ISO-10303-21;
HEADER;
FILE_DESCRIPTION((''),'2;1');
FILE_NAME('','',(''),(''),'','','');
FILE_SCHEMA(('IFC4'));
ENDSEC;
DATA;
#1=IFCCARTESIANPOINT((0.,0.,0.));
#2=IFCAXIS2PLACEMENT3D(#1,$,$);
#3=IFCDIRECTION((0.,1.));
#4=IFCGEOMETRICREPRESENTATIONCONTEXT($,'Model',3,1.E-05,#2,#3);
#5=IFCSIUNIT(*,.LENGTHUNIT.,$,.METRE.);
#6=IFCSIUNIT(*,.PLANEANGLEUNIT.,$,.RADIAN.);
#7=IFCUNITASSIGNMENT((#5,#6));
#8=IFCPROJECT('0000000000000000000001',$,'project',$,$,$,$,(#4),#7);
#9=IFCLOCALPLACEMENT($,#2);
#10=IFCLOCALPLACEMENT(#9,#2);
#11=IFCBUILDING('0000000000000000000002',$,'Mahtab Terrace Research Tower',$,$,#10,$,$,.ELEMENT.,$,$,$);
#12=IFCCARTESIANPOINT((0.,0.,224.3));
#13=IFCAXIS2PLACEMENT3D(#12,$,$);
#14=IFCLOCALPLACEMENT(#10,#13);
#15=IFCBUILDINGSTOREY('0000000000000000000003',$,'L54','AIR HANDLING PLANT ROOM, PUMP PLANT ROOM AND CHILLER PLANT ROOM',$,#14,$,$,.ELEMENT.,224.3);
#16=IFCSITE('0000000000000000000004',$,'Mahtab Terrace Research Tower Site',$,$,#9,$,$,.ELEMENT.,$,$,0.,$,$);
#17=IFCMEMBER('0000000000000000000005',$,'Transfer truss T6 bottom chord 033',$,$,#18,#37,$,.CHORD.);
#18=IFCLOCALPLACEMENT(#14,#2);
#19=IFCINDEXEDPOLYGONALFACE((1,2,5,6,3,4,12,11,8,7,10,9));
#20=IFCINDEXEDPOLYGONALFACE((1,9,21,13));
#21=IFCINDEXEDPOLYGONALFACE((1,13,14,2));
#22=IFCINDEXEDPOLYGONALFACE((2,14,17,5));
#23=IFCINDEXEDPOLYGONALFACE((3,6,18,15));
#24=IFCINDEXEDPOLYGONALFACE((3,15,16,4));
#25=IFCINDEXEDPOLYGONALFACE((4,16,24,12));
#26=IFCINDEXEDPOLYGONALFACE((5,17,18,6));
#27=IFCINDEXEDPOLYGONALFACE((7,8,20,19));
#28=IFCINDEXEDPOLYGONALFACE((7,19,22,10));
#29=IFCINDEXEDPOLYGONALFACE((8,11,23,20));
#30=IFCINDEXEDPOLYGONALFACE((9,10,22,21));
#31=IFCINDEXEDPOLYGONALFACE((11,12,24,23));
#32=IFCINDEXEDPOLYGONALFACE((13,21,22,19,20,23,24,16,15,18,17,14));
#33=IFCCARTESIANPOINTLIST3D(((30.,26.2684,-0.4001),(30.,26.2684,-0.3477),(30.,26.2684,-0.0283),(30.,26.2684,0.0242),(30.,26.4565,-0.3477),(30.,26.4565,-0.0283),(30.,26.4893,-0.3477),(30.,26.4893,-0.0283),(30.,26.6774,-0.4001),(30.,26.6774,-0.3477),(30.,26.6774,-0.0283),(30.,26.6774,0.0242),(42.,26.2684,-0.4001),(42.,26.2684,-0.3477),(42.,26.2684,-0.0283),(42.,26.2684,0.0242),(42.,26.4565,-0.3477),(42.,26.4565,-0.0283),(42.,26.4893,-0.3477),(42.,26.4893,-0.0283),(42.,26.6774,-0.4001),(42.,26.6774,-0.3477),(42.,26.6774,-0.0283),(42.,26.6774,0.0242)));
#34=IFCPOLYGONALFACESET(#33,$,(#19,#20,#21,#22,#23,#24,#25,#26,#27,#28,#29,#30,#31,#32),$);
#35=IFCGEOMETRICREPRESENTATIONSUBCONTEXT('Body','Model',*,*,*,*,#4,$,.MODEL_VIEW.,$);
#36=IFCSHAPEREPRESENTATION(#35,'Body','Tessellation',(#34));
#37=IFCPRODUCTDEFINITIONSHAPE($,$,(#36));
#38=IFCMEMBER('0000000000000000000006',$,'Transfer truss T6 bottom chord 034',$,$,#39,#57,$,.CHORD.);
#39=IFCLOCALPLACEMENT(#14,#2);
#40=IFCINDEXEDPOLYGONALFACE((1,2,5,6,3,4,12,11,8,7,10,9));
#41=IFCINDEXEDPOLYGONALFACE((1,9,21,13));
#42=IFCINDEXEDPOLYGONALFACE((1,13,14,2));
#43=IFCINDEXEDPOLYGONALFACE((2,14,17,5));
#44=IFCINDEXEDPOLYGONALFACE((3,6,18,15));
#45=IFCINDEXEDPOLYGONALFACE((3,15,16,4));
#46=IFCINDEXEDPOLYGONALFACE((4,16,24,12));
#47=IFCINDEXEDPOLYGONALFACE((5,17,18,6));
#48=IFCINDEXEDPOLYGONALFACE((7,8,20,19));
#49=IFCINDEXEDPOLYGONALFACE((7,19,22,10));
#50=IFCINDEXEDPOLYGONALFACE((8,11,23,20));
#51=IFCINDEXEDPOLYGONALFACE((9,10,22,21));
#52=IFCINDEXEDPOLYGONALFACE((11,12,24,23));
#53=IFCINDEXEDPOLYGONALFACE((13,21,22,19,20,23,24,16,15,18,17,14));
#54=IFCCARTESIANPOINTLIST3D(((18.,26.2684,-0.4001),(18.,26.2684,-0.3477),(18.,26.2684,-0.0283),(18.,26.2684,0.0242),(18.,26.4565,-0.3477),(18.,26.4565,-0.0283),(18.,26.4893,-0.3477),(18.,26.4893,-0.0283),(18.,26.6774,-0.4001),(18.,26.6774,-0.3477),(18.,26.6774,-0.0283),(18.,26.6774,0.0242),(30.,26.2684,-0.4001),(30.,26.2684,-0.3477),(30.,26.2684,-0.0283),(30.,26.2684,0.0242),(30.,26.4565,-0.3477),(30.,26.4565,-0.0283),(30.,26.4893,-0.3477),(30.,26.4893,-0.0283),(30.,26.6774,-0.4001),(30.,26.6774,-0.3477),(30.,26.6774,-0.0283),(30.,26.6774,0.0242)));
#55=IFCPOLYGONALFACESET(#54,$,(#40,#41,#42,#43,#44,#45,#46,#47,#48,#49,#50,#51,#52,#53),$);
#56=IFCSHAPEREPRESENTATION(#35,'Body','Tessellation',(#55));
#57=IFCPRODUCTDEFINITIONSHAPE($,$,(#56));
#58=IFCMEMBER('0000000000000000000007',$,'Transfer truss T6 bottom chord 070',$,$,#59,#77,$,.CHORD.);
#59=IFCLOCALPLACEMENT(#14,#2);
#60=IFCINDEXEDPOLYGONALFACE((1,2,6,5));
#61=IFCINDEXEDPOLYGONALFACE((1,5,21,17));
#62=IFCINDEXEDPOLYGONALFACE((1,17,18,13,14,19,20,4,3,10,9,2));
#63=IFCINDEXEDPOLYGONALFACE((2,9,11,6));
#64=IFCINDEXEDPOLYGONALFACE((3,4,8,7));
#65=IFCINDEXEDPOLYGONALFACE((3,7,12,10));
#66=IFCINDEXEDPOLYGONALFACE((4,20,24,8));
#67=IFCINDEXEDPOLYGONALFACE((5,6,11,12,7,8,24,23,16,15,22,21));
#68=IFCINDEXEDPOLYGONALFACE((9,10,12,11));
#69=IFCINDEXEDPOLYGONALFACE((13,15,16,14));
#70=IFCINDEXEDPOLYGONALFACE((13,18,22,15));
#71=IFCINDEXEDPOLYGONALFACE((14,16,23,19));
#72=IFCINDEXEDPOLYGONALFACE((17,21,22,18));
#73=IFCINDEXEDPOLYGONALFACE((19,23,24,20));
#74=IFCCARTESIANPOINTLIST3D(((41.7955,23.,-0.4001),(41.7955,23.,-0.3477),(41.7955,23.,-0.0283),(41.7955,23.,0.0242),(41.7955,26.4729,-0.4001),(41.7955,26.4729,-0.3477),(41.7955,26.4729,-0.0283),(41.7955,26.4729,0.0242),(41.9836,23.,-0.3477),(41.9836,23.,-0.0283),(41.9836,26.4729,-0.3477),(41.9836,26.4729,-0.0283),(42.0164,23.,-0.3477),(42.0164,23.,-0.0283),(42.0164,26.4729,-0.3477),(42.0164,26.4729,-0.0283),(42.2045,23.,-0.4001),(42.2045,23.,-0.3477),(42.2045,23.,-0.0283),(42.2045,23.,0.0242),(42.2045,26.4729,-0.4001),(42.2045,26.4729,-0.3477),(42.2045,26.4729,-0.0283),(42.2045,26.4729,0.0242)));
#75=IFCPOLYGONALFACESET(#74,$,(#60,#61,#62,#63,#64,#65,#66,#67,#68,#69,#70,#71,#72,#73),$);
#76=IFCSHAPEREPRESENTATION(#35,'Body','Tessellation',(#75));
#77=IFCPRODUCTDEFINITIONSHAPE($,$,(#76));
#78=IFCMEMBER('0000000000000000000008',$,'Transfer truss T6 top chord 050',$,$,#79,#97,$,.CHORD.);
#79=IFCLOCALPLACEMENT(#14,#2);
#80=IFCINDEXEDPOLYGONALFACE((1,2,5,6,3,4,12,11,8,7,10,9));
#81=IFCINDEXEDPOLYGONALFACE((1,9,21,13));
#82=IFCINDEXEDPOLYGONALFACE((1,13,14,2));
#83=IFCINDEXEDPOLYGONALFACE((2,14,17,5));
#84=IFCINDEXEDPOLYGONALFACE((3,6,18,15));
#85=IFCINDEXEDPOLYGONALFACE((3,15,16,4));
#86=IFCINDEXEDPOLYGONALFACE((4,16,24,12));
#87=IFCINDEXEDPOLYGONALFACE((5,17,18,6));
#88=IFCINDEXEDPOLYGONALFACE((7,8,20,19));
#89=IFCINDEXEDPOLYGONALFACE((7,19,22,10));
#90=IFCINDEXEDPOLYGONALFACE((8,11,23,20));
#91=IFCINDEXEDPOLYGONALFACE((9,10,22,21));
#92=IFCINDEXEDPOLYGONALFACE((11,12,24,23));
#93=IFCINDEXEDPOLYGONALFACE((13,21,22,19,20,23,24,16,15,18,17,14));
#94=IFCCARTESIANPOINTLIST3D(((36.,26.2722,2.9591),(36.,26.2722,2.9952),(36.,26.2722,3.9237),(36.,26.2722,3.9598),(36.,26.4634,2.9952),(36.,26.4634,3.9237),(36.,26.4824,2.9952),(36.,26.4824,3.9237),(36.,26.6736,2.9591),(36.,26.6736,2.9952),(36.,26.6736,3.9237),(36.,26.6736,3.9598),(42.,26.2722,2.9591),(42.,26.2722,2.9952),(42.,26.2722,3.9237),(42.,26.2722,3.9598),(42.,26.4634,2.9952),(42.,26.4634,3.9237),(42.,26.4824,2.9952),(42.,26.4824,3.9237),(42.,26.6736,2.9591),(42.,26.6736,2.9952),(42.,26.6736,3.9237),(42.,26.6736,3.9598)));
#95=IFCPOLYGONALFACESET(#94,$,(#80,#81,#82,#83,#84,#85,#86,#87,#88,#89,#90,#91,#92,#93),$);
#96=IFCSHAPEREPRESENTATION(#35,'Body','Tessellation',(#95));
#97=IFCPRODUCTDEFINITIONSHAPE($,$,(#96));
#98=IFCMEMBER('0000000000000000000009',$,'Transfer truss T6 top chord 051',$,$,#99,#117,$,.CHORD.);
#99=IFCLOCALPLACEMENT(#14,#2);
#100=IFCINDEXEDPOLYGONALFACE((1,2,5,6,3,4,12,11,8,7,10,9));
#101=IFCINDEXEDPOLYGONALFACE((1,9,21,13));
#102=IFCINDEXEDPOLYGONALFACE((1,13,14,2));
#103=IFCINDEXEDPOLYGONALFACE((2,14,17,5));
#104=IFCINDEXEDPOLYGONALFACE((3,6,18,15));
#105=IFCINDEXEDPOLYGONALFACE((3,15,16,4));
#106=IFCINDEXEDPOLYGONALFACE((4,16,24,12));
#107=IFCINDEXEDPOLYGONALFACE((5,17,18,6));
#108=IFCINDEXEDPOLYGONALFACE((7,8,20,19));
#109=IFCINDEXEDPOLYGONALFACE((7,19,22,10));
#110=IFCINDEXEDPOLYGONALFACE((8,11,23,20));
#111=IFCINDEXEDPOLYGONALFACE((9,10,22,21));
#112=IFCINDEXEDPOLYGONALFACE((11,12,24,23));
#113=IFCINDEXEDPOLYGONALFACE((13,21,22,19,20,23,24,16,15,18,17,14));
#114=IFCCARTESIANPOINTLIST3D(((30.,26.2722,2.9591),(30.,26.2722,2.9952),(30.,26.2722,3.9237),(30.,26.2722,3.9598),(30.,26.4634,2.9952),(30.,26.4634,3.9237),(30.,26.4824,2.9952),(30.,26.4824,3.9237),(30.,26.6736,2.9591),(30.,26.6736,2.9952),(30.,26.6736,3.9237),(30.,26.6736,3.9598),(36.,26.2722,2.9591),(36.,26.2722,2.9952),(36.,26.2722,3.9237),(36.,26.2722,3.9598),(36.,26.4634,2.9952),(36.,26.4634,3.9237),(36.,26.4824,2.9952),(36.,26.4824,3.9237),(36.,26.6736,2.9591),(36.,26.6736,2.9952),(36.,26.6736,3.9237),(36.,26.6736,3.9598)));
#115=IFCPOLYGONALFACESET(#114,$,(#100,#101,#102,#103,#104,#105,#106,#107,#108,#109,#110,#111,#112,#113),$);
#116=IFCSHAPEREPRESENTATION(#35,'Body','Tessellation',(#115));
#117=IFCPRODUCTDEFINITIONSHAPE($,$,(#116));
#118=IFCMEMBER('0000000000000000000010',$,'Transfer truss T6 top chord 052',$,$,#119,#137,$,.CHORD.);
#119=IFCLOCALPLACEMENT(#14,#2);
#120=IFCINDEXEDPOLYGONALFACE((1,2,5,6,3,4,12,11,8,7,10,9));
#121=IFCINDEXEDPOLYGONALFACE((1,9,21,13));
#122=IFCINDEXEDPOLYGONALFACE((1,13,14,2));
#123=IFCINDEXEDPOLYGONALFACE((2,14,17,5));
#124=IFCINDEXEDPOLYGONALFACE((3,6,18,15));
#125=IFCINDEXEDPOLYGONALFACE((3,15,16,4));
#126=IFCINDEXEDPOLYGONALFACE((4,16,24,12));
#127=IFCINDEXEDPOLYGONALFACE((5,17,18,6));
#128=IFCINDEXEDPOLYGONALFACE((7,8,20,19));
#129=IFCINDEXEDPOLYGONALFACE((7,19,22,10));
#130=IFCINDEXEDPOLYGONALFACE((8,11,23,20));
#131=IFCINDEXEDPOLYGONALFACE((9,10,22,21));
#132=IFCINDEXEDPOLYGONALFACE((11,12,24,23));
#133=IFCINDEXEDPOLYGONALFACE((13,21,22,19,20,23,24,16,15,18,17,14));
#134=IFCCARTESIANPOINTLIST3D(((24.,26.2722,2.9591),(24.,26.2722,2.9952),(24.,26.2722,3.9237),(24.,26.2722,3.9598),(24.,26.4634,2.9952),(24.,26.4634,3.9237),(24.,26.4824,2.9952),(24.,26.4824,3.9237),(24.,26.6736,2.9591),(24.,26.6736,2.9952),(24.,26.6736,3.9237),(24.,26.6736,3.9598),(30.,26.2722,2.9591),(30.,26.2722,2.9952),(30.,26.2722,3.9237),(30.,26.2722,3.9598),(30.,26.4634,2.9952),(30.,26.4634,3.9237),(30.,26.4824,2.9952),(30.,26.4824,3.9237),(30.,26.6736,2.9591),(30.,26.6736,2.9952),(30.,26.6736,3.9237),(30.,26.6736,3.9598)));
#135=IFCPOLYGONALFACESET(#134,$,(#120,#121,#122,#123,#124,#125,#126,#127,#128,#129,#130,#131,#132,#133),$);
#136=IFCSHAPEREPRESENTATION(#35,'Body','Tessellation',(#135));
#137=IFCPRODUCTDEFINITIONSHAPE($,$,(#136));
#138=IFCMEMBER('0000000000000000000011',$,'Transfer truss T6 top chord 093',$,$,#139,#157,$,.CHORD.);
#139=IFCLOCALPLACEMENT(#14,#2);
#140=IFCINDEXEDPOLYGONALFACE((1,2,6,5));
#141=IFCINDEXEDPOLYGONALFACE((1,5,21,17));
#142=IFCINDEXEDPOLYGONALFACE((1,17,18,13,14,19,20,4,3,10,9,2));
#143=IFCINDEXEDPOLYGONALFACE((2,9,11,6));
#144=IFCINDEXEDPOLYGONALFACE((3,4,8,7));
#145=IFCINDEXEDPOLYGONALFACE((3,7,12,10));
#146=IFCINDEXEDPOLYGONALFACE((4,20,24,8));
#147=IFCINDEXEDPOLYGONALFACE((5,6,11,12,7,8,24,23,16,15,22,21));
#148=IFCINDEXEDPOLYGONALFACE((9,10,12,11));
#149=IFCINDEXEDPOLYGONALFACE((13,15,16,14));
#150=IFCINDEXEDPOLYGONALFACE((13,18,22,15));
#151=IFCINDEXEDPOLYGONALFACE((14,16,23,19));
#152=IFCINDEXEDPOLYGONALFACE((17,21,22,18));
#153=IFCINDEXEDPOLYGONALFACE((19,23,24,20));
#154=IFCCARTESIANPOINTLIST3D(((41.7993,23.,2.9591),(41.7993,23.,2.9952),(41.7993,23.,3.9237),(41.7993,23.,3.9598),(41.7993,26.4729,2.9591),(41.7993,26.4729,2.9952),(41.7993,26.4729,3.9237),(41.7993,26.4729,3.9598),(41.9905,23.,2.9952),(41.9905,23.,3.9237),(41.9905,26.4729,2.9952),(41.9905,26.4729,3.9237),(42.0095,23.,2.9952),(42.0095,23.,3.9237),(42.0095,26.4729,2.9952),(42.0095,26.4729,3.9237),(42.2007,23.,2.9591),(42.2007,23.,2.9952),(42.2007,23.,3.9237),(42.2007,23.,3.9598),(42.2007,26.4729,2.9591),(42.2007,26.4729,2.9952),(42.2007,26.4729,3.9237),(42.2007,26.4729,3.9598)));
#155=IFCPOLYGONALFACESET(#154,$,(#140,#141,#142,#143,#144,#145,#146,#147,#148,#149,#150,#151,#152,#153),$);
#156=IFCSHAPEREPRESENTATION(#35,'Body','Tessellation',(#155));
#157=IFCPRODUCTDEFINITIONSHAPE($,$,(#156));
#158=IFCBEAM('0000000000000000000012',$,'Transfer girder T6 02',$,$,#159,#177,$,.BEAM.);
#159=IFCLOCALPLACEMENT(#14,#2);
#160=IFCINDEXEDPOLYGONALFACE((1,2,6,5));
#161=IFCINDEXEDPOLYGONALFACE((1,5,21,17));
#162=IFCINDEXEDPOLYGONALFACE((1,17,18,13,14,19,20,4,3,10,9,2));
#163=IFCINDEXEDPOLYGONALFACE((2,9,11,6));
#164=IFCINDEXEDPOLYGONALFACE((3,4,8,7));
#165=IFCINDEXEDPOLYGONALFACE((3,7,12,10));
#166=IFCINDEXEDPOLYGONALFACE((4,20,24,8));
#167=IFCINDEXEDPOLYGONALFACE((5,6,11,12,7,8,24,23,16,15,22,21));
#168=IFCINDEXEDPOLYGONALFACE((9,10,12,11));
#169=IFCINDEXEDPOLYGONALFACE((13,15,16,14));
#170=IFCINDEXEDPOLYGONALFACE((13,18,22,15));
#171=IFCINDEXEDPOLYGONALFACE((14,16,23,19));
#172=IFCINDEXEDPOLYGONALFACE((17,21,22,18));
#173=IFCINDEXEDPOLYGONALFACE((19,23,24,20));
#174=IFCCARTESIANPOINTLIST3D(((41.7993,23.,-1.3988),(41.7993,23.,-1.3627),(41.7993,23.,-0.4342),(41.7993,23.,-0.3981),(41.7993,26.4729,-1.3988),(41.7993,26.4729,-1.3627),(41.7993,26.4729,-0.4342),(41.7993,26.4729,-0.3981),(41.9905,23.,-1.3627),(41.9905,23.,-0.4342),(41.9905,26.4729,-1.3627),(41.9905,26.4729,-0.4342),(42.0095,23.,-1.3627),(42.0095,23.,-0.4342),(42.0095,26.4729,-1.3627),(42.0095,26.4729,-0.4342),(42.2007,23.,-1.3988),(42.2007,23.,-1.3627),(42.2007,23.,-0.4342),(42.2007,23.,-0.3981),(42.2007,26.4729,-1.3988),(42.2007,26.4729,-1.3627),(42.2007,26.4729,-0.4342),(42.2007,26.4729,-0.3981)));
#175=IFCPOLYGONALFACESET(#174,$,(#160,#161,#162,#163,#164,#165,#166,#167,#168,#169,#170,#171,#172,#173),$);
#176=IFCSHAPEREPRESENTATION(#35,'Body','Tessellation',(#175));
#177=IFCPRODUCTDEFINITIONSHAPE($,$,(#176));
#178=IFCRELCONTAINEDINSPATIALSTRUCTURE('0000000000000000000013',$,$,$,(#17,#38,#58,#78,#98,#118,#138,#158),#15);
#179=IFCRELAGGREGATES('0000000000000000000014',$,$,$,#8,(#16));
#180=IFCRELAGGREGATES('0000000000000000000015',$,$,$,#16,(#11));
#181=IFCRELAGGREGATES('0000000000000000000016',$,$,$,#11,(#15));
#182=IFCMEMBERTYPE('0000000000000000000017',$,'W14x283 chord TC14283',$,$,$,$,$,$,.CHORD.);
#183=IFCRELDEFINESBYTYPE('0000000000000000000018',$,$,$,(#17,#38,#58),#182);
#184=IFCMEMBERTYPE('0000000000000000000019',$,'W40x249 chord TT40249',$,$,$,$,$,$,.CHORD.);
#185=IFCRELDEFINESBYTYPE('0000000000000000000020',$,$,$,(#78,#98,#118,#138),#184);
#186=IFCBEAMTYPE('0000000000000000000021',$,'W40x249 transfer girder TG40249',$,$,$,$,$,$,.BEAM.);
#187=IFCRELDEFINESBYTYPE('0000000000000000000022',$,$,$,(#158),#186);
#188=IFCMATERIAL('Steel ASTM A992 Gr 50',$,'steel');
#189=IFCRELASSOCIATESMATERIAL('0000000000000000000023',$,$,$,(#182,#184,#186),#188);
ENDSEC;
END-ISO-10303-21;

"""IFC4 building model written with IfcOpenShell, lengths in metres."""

from ifc_helpers import new_model, si_unit, direction, frame, origin, origin_2d, place, context, subcontext, project, spatial, i_section, extrude, material, material_profile, profile_set, type_object, element, save


model = new_model("IFC4")

# Units and contexts
model_context = context("Model", 3, precision=1e-05, world=origin(), true_north=direction((0.0, 1.0)))
body_context = subcontext(model_context, "Body", "Model", "MODEL_VIEW")
ifc_project = project(units=[si_unit("LENGTHUNIT", "METRE"), si_unit("PLANEANGLEUNIT", "RADIAN")], contexts=[model_context])

# Site, building, storey
site_placement = place(None, origin())
site = spatial("IfcSite", under=ifc_project, at=site_placement, Name="Mahtab Terrace Research Tower Site", CompositionType="ELEMENT", RefElevation=0.0)
building_placement = place(site_placement, origin())
building = spatial("IfcBuilding", under=site, at=building_placement, Name="Mahtab Terrace Research Tower", CompositionType="ELEMENT")
storey_placement = place(building_placement, frame((0.0, 0.0, 224.3)))
storey = spatial("IfcBuildingStorey", under=building, at=storey_placement, Name="L54", Description="AIR HANDLING PLANT ROOM, PUMP PLANT ROOM AND CHILLER PLANT ROOM", CompositionType="ELEMENT", Elevation=224.3)

# Shared definitions
ifc_material_1 = material(Name="Steel ASTM A992 Gr 50", Category="steel")

# Members
ifc_material_profile_1 = material_profile(ifc_material_1, i_section(OverallWidth=0.4089, OverallDepth=0.4243, WebThickness=0.0327, FlangeThickness=0.0525, at=origin_2d()), Name="W14X283")
ifc_profile_set_1 = profile_set([ifc_material_profile_1], Name="Steel ASTM A992 Gr 50")
member_type_1 = type_object("IfcMemberType", Name="W14x283 chord TC14283", PredefinedType="CHORD", material=ifc_profile_set_1)
for number, where, z_axis, x_axis, name in (
    (1, (42.0, 26.4729, -0.188), (-1.0, 0.0, 0.0), (0.0, -1.0, 0.0), "Transfer truss T6 bottom chord 033"),
    (2, (30.0, 26.4729, -0.188), (-1.0, 0.0, 0.0), (0.0, -1.0, 0.0), "Transfer truss T6 bottom chord 034"),
):
    element("IfcMember", number, at=place(storey_placement, frame(where, z_axis=z_axis, x_axis=x_axis)), inside=storey, type_object=member_type_1, Name=name, PredefinedType="CHORD", context=body_context, shape_type="SweptSolid", body=[
        extrude(i_section(OverallWidth=0.4089, OverallDepth=0.4243, WebThickness=0.0327, FlangeThickness=0.0525, at=origin_2d()), origin(), (0.0, 0.0, 1.0), 12.0),
    ])
member_1_placement = place(storey_placement, frame((42.0, 23.0, -0.188), z_axis=(0.0, 1.0, 0.0), x_axis=(-1.0, 0.0, 0.0)))
element("IfcMember", 3, at=member_1_placement, inside=storey, type_object=member_type_1, Name="Transfer truss T6 bottom chord 070", PredefinedType="CHORD", context=body_context, shape_type="SweptSolid", body=[
    extrude(i_section(OverallWidth=0.4089, OverallDepth=0.4243, WebThickness=0.0327, FlangeThickness=0.0525, at=origin_2d()), origin(), (0.0, 0.0, 1.0), 3.4729),
])
ifc_material_profile_2 = material_profile(ifc_material_1, i_section(OverallWidth=0.4014, OverallDepth=1.0007, WebThickness=0.019, FlangeThickness=0.0361, at=origin_2d()), Name="W40X249")
ifc_profile_set_2 = profile_set([ifc_material_profile_2], Name="Steel ASTM A992 Gr 50")
member_type_2 = type_object("IfcMemberType", Name="W40x249 chord TT40249", PredefinedType="CHORD", material=ifc_profile_set_2)
for number, where, z_axis, x_axis, name in (
    (4, (42.0, 26.4729, 3.4595), (-1.0, 0.0, 0.0), (0.0, -1.0, 0.0), "Transfer truss T6 top chord 050"),
    (5, (36.0, 26.4729, 3.4595), (-1.0, 0.0, 0.0), (0.0, -1.0, 0.0), "Transfer truss T6 top chord 051"),
    (6, (30.0, 26.4729, 3.4595), (-1.0, 0.0, 0.0), (0.0, -1.0, 0.0), "Transfer truss T6 top chord 052"),
):
    element("IfcMember", number, at=place(storey_placement, frame(where, z_axis=z_axis, x_axis=x_axis)), inside=storey, type_object=member_type_2, Name=name, PredefinedType="CHORD", context=body_context, shape_type="SweptSolid", body=[
        extrude(i_section(OverallWidth=0.4014, OverallDepth=1.0007, WebThickness=0.019, FlangeThickness=0.0361, at=origin_2d()), origin(), (0.0, 0.0, 1.0), 6.0),
    ])
member_2_placement = place(storey_placement, frame((42.0, 23.0, 3.4595), z_axis=(0.0, 1.0, 0.0), x_axis=(-1.0, 0.0, 0.0)))
element("IfcMember", 7, at=member_2_placement, inside=storey, type_object=member_type_2, Name="Transfer truss T6 top chord 093", PredefinedType="CHORD", context=body_context, shape_type="SweptSolid", body=[
    extrude(i_section(OverallWidth=0.4014, OverallDepth=1.0007, WebThickness=0.019, FlangeThickness=0.0361, at=origin_2d()), origin(), (0.0, 0.0, 1.0), 3.4729),
])

# Beam
ifc_material_profile_3 = material_profile(ifc_material_1, i_section(OverallWidth=0.4014, OverallDepth=1.0007, WebThickness=0.019, FlangeThickness=0.0361, at=origin_2d()), Name="W40X249")
ifc_profile_set_3 = profile_set([ifc_material_profile_3], Name="Steel ASTM A992 Gr 50")
beam_type = type_object("IfcBeamType", Name="W40x249 transfer girder TG40249", PredefinedType="BEAM", material=ifc_profile_set_3)
beam_placement = place(storey_placement, frame((42.0, 23.0, -0.8984), z_axis=(0.0, 1.0, 0.0), x_axis=(-1.0, 0.0, 0.0)))
element("IfcBeam", 8, at=beam_placement, inside=storey, type_object=beam_type, Name="Transfer girder T6 02", PredefinedType="BEAM", context=body_context, shape_type="SweptSolid", body=[
    extrude(i_section(OverallWidth=0.4014, OverallDepth=1.0007, WebThickness=0.019, FlangeThickness=0.0361, at=origin_2d()), origin(), (0.0, 0.0, 1.0), 3.4729),
])

save(model, "model.ifc")
